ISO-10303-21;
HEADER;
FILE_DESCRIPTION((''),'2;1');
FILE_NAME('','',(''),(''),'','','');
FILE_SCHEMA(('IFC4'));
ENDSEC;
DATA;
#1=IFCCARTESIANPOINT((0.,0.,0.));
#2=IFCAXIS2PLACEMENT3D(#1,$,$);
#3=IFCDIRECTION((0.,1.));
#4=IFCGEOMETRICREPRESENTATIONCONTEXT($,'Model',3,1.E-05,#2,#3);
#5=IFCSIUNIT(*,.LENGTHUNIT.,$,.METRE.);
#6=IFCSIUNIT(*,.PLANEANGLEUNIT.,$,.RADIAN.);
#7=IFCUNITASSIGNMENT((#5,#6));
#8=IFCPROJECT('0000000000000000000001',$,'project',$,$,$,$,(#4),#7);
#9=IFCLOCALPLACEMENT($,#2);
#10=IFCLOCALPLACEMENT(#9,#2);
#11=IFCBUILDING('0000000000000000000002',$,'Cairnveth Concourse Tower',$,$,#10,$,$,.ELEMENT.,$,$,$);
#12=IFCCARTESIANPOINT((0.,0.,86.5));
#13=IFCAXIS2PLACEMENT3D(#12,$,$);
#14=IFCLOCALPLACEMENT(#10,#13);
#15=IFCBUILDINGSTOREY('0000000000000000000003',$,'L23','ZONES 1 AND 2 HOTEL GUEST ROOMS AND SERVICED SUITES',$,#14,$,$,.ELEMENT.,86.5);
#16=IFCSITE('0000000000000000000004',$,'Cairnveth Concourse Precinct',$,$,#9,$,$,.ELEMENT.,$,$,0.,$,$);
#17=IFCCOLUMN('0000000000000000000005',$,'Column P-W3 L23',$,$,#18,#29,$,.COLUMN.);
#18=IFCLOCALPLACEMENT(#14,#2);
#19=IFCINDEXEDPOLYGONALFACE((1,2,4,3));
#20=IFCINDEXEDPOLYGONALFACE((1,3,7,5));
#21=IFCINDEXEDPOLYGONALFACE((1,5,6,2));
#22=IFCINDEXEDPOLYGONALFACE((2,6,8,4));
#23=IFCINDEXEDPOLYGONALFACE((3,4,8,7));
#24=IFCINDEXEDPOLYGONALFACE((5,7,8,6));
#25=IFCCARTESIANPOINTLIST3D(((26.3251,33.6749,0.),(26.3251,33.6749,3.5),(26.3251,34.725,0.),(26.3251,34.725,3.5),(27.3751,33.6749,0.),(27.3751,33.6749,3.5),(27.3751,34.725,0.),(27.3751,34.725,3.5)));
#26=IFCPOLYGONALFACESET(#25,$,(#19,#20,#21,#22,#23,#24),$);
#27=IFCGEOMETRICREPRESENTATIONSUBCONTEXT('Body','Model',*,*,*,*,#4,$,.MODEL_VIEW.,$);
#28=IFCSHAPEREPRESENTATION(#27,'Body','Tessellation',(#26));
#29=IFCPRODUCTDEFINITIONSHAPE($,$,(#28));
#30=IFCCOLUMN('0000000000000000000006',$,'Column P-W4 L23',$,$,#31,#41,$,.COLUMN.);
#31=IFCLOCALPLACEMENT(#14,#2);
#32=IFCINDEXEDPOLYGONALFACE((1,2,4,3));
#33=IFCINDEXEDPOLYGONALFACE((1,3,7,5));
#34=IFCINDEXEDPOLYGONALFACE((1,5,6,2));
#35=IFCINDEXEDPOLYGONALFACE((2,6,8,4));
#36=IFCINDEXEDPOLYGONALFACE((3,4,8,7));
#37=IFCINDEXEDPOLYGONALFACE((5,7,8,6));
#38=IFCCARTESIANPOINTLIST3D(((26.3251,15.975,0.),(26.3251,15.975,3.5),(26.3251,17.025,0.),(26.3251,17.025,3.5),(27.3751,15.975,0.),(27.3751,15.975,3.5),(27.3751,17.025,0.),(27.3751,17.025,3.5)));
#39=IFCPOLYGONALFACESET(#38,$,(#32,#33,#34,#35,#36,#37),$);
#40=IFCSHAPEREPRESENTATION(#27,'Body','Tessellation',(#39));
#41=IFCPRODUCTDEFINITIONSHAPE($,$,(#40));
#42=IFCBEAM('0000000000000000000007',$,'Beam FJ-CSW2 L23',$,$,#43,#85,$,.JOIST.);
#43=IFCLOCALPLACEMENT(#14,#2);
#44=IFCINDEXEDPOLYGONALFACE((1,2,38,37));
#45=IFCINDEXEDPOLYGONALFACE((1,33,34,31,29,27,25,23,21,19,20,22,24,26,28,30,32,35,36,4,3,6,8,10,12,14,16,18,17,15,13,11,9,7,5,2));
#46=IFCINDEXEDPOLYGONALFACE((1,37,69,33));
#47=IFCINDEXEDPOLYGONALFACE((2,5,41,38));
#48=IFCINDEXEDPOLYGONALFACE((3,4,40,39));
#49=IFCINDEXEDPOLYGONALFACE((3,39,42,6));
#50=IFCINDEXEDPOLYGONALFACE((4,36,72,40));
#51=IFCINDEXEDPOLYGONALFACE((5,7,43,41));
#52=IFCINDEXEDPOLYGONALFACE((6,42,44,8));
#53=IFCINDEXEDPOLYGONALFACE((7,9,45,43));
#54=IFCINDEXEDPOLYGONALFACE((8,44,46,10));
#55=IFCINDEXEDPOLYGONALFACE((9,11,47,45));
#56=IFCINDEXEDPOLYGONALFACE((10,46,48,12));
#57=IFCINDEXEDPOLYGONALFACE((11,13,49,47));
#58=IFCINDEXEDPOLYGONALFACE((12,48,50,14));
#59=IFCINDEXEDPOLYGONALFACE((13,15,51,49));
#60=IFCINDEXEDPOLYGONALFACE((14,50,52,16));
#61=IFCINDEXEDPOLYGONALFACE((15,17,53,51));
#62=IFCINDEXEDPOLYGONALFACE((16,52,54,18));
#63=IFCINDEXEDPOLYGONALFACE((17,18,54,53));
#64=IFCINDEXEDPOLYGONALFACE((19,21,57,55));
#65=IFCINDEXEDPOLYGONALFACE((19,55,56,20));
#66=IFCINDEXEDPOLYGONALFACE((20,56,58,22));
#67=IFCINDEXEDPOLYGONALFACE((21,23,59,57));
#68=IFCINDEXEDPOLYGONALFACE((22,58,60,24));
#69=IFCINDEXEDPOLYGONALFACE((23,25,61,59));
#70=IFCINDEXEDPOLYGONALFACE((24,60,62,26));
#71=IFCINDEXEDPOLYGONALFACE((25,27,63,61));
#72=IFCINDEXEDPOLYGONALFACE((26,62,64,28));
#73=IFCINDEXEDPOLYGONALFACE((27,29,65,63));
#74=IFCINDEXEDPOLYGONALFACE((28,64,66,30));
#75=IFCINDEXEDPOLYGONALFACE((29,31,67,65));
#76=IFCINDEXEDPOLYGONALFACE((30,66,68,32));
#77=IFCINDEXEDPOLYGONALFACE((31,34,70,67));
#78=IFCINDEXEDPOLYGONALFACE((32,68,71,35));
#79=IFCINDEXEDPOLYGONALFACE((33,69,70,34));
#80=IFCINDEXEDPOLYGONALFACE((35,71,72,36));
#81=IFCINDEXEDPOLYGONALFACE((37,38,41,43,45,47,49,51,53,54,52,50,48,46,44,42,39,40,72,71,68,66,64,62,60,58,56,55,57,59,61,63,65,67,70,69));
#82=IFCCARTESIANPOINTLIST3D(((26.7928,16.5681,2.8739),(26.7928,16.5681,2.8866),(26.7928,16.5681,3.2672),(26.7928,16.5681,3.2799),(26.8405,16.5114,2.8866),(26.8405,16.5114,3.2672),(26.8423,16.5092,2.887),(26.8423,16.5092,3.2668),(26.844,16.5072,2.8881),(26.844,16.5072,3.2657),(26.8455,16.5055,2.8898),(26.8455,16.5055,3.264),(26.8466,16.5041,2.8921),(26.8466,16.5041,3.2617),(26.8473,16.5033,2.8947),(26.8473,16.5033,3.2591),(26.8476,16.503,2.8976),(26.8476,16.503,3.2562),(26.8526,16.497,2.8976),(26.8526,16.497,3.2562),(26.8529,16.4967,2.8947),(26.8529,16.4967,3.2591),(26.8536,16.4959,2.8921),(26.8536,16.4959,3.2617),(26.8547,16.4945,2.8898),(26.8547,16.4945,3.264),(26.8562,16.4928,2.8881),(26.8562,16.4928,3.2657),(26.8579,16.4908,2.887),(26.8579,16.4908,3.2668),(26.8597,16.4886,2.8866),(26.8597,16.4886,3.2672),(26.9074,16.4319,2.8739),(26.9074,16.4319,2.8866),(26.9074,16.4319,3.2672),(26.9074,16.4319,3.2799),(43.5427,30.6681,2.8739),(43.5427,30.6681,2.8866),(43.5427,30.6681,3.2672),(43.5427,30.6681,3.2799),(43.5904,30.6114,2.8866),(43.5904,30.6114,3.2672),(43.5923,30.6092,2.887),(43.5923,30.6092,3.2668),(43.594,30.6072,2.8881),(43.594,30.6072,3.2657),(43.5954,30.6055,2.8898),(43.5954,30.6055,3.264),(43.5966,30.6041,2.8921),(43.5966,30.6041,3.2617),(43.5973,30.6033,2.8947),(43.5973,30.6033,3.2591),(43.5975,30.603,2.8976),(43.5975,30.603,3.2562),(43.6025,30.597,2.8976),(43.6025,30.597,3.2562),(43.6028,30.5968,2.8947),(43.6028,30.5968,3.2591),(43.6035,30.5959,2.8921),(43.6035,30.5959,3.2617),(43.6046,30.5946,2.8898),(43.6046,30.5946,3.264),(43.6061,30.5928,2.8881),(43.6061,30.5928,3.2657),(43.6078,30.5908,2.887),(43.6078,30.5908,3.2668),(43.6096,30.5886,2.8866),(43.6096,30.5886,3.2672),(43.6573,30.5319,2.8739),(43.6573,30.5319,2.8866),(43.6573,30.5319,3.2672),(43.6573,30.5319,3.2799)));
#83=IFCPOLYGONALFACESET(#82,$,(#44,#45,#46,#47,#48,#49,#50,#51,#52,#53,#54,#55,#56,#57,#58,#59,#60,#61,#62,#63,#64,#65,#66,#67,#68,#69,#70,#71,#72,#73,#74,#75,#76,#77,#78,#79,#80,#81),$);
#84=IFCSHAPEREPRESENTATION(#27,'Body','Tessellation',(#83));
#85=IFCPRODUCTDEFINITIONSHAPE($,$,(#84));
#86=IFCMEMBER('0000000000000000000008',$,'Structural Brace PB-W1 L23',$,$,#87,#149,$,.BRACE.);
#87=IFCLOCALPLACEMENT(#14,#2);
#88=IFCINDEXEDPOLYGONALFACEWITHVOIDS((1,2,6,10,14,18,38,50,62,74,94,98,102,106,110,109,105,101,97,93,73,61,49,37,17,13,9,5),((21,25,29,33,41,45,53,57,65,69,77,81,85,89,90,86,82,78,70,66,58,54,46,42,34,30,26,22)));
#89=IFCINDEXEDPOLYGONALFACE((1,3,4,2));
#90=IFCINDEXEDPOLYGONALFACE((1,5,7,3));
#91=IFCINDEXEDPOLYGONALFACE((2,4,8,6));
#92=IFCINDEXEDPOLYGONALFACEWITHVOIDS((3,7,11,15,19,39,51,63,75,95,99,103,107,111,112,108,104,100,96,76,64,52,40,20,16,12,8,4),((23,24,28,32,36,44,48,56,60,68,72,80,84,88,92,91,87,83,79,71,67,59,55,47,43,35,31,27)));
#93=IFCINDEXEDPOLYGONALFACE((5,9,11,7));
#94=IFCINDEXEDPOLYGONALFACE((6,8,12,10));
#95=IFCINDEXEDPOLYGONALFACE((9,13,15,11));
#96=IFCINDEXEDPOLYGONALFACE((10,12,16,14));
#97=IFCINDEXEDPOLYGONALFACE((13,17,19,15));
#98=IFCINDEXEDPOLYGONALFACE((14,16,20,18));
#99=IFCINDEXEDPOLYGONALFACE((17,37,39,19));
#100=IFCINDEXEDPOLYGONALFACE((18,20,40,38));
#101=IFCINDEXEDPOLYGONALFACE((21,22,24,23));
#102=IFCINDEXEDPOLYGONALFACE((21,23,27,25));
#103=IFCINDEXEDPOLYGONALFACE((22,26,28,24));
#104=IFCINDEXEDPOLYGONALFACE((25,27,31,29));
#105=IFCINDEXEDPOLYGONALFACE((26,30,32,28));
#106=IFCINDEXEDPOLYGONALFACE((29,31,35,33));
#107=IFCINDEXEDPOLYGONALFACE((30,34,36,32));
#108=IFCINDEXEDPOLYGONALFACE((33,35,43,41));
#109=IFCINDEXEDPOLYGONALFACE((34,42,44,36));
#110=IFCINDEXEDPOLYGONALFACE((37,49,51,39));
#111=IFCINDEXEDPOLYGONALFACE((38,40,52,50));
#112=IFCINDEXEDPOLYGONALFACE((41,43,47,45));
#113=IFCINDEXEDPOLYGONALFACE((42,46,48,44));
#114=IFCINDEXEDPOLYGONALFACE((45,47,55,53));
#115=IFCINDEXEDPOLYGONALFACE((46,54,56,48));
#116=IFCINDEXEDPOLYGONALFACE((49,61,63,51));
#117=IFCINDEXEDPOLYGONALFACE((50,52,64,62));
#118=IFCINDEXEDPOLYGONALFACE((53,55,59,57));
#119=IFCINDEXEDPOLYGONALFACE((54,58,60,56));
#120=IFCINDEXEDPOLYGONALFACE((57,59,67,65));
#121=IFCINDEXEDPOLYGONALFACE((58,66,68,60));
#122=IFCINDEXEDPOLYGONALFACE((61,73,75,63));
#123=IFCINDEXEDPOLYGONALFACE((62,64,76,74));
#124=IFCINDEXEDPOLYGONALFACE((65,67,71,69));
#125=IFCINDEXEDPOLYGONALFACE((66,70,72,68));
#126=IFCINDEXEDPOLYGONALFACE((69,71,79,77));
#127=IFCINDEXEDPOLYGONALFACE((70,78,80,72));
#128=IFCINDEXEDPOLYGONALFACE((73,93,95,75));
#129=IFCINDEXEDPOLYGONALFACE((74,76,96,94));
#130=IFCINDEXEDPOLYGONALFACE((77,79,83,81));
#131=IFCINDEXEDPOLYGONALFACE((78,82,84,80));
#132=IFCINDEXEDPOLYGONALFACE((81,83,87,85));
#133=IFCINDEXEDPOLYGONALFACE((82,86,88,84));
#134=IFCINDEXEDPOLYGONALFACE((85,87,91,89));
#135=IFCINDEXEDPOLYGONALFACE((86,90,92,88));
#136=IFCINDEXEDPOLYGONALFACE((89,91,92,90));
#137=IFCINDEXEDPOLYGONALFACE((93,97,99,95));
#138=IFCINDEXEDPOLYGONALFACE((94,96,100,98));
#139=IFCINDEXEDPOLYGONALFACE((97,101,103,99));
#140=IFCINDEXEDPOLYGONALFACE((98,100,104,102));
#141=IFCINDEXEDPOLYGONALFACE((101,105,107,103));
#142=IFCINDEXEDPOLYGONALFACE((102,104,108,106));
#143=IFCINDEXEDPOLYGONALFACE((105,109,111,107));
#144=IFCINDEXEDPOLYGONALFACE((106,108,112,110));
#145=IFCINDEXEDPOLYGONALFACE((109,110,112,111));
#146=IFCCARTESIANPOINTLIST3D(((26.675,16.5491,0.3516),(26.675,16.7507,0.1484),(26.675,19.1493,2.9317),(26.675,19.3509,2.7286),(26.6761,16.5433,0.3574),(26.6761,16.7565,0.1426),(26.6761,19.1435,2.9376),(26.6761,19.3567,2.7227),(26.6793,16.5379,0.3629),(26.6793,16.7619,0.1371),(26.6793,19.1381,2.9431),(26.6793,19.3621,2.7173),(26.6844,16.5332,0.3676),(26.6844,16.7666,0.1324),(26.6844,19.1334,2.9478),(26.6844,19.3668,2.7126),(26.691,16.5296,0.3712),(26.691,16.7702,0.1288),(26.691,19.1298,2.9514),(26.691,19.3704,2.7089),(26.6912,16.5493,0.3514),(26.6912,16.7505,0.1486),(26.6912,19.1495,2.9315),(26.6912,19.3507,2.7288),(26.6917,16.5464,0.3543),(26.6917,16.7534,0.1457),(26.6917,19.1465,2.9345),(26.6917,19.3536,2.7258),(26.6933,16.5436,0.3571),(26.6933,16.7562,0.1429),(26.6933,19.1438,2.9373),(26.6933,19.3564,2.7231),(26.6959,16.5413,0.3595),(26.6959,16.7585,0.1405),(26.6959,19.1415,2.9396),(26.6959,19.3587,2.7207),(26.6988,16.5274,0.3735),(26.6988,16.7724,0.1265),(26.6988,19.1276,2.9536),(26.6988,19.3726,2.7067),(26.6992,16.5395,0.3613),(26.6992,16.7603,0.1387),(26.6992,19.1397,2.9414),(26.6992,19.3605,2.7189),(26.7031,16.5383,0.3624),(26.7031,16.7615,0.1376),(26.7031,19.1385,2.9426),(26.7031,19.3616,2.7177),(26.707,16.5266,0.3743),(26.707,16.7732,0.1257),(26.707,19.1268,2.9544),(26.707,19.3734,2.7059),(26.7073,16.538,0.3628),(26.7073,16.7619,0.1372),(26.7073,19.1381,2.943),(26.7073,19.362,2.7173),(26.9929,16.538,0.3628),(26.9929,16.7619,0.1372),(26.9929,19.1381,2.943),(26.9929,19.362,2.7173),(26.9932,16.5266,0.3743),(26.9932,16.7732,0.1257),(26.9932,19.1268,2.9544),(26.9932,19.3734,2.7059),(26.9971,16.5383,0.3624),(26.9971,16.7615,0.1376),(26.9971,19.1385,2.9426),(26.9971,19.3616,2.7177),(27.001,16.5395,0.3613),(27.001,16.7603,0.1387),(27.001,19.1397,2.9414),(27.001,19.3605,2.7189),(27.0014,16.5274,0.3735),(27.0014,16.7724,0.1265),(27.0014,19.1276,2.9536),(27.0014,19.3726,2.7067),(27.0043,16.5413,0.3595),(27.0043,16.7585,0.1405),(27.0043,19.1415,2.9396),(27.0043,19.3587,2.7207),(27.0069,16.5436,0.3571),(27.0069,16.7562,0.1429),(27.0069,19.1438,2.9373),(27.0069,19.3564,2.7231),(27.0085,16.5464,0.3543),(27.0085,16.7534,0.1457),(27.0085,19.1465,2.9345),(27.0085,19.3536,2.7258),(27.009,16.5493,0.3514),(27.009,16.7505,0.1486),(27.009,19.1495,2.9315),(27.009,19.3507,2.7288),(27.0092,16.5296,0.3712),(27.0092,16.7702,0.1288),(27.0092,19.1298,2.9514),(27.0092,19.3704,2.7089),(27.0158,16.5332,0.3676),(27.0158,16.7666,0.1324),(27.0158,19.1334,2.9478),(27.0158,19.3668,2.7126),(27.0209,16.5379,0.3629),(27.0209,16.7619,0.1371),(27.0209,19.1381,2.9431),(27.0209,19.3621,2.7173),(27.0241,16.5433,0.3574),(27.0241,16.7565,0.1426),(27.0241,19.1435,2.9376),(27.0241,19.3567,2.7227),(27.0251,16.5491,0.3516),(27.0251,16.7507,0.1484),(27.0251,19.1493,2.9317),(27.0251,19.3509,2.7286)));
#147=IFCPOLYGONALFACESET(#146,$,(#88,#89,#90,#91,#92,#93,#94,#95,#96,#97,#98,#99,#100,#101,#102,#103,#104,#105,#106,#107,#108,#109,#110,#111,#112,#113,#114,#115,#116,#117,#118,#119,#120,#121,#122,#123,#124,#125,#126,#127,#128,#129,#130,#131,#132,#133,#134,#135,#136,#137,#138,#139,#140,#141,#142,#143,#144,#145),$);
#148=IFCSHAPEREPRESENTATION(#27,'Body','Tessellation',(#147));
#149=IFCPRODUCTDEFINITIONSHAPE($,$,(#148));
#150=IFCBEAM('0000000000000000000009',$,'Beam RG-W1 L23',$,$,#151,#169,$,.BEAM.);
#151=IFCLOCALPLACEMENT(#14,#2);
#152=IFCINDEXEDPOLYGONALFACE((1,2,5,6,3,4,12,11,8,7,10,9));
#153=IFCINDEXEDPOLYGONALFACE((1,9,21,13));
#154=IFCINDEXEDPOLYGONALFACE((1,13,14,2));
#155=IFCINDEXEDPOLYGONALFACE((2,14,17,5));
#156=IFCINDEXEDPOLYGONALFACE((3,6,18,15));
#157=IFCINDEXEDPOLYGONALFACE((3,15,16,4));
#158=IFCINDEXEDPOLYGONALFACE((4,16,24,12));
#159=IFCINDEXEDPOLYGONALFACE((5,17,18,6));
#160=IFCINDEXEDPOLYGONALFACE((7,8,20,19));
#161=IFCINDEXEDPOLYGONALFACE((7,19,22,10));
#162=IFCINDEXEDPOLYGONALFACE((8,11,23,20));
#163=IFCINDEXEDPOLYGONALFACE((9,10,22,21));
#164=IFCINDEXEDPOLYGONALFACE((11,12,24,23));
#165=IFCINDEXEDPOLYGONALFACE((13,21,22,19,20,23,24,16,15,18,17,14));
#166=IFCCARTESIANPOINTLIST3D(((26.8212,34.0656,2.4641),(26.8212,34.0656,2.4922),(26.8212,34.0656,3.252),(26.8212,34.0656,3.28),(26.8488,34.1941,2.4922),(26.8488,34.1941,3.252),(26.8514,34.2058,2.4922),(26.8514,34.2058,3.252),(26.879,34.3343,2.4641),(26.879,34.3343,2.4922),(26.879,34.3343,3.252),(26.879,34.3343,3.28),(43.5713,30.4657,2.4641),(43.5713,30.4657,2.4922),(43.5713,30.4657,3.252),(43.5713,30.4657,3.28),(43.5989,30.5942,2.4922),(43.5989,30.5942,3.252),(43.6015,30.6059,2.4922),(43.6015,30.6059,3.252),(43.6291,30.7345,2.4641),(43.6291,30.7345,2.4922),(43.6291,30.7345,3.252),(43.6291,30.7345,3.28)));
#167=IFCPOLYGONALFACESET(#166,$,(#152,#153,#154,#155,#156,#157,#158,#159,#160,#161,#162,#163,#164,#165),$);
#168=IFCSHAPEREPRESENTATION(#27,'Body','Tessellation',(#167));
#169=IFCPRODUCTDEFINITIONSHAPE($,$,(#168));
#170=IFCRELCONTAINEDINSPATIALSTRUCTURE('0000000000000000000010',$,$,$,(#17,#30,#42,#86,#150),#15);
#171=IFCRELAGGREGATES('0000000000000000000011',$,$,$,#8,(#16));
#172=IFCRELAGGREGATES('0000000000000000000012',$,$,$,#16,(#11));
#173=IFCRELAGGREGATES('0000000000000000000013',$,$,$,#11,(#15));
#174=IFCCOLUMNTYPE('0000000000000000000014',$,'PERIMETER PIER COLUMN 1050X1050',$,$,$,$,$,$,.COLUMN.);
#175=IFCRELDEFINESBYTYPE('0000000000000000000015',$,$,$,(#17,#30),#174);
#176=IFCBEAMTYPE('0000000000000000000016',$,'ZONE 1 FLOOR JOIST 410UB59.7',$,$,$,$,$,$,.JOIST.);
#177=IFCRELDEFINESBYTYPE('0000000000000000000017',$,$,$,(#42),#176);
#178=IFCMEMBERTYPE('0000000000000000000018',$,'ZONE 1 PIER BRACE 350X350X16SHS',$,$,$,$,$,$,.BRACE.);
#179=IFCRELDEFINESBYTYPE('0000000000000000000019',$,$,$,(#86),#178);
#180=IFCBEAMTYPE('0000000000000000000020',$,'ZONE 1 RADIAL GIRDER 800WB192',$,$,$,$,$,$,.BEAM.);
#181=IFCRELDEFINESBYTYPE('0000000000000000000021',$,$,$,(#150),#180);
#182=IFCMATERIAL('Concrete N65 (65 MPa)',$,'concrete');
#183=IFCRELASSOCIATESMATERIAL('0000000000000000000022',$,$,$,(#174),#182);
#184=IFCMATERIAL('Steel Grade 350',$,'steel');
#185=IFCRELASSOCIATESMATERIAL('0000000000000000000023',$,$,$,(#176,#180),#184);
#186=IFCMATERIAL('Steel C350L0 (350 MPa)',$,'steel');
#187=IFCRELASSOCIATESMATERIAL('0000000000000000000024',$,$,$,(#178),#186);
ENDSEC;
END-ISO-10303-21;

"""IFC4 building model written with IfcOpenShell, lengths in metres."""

from ifc_helpers import new_model, si_unit, direction, frame, origin, origin_2d, place, context, subcontext, project, spatial, rectangle, hollow_rectangle, i_section, extrude, material, material_profile, profile_set, type_object, element, save


model = new_model("IFC4")

# Units and contexts
model_context = context("Model", 3, precision=1e-05, world=origin(), true_north=direction((0.0, 1.0)))
body_context = subcontext(model_context, "Body", "Model", "MODEL_VIEW")
ifc_project = project(units=[si_unit("LENGTHUNIT", "METRE"), si_unit("PLANEANGLEUNIT", "RADIAN")], contexts=[model_context])

# Site, building, storey
site_placement = place(None, origin())
site = spatial("IfcSite", under=ifc_project, at=site_placement, Name="Cairnveth Concourse Precinct", CompositionType="ELEMENT", RefElevation=0.0)
building_placement = place(site_placement, origin())
building = spatial("IfcBuilding", under=site, at=building_placement, Name="Cairnveth Concourse Tower", CompositionType="ELEMENT")
storey_placement = place(building_placement, frame((0.0, 0.0, 86.5)))
storey = spatial("IfcBuildingStorey", under=building, at=storey_placement, Name="L23", Description="ZONES 1 AND 2 HOTEL GUEST ROOMS AND SERVICED SUITES", CompositionType="ELEMENT", Elevation=86.5)

# Columns
ifc_material_1 = material(Name="Concrete N65 (65 MPa)", Category="concrete")
ifc_material_profile_1 = material_profile(ifc_material_1, rectangle(XDim=1.05, YDim=1.05, at=origin_2d()), Name="RC-COL-1050x1050")
ifc_profile_set_1 = profile_set([ifc_material_profile_1], Name="Concrete N65 (65 MPa)")
column_type = type_object("IfcColumnType", Name="PERIMETER PIER COLUMN 1050X1050", PredefinedType="COLUMN", material=ifc_profile_set_1)
for number, where, z_axis, x_axis, name in (
    (1, (26.8501, 34.2, 0.0), (0.0, 0.0, 1.0), (0.0, 1.0, 0.0), "Column P-W3 L23"),
    (2, (26.8501, 16.5, 0.0), (0.0, 0.0, 1.0), (0.0, 1.0, 0.0), "Column P-W4 L23"),
):
    element("IfcColumn", number, at=place(storey_placement, frame(where, z_axis=z_axis, x_axis=x_axis)), inside=storey, type_object=column_type, Name=name, PredefinedType="COLUMN", context=body_context, shape_type="SweptSolid", body=[
        extrude(rectangle(XDim=1.05, YDim=1.05, at=origin_2d()), origin(), (0.0, 0.0, 1.0), 3.5),
    ])

# Beam
ifc_material_2 = material(Name="Steel Grade 350", Category="steel")
ifc_material_profile_2 = material_profile(ifc_material_2, i_section(OverallWidth=0.178, OverallDepth=0.406, WebThickness=0.0078, FlangeThickness=0.0127, FilletRadius=0.011, at=origin_2d()), Name="410UB59.7")
ifc_profile_set_2 = profile_set([ifc_material_profile_2], Name="Steel Grade 350")
beam_type_1 = type_object("IfcBeamType", Name="ZONE 1 FLOOR JOIST 410UB59.7", PredefinedType="JOIST", material=ifc_profile_set_2)
beam_1_placement = place(storey_placement, frame((26.8501, 16.5, 3.0769), z_axis=(0.765027, 0.643998, 0.0), x_axis=(-0.643998, 0.765027, 0.0)))
element("IfcBeam", 3, at=beam_1_placement, inside=storey, type_object=beam_type_1, Name="Beam FJ-CSW2 L23", PredefinedType="JOIST", context=body_context, shape_type="SweptSolid", body=[
    extrude(i_section(OverallWidth=0.178, OverallDepth=0.406, WebThickness=0.0078, FlangeThickness=0.0127, FilletRadius=0.011, at=origin_2d()), origin(), (0.0, 0.0, 1.0), 21.8945),
])

# Member
ifc_material_3 = material(Name="Steel C350L0 (350 MPa)", Category="steel")
ifc_material_profile_3 = material_profile(ifc_material_3, hollow_rectangle(XDim=0.3501, YDim=0.3501, WallThickness=0.0161, InnerFilletRadius=0.0161, OuterFilletRadius=0.032, at=origin_2d()), Name="350x350x16.0SHS")
ifc_profile_set_3 = profile_set([ifc_material_profile_3], Name="Steel C350L0 (350 MPa)")
member_type = type_object("IfcMemberType", Name="ZONE 1 PIER BRACE 350X350X16SHS", PredefinedType="BRACE", material=ifc_profile_set_3)
member_placement = place(storey_placement, frame((26.8501, 16.6499, 0.25), z_axis=(0.0, 0.709834, 0.704369), x_axis=(-1.0, 0.0, 0.0)))
element("IfcMember", 4, at=member_placement, inside=storey, type_object=member_type, Name="Structural Brace PB-W1 L23", PredefinedType="BRACE", context=body_context, shape_type="SweptSolid", body=[
    extrude(hollow_rectangle(XDim=0.3501, YDim=0.3501, WallThickness=0.0161, InnerFilletRadius=0.0161, OuterFilletRadius=0.032, at=origin_2d()), origin(), (0.0, 0.0, 1.0), 3.6631),
])

# Beam
ifc_material_profile_4 = material_profile(ifc_material_2, i_section(OverallWidth=0.2749, OverallDepth=0.8159, WebThickness=0.012, FlangeThickness=0.0281, at=origin_2d()), Name="800WB192")
ifc_profile_set_4 = profile_set([ifc_material_profile_4], Name="Steel Grade 350")
beam_type_2 = type_object("IfcBeamType", Name="ZONE 1 RADIAL GIRDER 800WB192", PredefinedType="BEAM", material=ifc_profile_set_4)
beam_2_placement = place(storey_placement, frame((26.8501, 34.2, 2.8721), z_axis=(0.977676, -0.210119, 0.0), x_axis=(0.210119, 0.977676, 0.0)))
element("IfcBeam", 5, at=beam_2_placement, inside=storey, type_object=beam_type_2, Name="Beam RG-W1 L23", PredefinedType="BEAM", context=body_context, shape_type="SweptSolid", body=[
    extrude(i_section(OverallWidth=0.2749, OverallDepth=0.8159, WebThickness=0.012, FlangeThickness=0.0281, at=origin_2d()), origin(), (0.0, 0.0, 1.0), 17.1326),
])

save(model, "model.ifc")
